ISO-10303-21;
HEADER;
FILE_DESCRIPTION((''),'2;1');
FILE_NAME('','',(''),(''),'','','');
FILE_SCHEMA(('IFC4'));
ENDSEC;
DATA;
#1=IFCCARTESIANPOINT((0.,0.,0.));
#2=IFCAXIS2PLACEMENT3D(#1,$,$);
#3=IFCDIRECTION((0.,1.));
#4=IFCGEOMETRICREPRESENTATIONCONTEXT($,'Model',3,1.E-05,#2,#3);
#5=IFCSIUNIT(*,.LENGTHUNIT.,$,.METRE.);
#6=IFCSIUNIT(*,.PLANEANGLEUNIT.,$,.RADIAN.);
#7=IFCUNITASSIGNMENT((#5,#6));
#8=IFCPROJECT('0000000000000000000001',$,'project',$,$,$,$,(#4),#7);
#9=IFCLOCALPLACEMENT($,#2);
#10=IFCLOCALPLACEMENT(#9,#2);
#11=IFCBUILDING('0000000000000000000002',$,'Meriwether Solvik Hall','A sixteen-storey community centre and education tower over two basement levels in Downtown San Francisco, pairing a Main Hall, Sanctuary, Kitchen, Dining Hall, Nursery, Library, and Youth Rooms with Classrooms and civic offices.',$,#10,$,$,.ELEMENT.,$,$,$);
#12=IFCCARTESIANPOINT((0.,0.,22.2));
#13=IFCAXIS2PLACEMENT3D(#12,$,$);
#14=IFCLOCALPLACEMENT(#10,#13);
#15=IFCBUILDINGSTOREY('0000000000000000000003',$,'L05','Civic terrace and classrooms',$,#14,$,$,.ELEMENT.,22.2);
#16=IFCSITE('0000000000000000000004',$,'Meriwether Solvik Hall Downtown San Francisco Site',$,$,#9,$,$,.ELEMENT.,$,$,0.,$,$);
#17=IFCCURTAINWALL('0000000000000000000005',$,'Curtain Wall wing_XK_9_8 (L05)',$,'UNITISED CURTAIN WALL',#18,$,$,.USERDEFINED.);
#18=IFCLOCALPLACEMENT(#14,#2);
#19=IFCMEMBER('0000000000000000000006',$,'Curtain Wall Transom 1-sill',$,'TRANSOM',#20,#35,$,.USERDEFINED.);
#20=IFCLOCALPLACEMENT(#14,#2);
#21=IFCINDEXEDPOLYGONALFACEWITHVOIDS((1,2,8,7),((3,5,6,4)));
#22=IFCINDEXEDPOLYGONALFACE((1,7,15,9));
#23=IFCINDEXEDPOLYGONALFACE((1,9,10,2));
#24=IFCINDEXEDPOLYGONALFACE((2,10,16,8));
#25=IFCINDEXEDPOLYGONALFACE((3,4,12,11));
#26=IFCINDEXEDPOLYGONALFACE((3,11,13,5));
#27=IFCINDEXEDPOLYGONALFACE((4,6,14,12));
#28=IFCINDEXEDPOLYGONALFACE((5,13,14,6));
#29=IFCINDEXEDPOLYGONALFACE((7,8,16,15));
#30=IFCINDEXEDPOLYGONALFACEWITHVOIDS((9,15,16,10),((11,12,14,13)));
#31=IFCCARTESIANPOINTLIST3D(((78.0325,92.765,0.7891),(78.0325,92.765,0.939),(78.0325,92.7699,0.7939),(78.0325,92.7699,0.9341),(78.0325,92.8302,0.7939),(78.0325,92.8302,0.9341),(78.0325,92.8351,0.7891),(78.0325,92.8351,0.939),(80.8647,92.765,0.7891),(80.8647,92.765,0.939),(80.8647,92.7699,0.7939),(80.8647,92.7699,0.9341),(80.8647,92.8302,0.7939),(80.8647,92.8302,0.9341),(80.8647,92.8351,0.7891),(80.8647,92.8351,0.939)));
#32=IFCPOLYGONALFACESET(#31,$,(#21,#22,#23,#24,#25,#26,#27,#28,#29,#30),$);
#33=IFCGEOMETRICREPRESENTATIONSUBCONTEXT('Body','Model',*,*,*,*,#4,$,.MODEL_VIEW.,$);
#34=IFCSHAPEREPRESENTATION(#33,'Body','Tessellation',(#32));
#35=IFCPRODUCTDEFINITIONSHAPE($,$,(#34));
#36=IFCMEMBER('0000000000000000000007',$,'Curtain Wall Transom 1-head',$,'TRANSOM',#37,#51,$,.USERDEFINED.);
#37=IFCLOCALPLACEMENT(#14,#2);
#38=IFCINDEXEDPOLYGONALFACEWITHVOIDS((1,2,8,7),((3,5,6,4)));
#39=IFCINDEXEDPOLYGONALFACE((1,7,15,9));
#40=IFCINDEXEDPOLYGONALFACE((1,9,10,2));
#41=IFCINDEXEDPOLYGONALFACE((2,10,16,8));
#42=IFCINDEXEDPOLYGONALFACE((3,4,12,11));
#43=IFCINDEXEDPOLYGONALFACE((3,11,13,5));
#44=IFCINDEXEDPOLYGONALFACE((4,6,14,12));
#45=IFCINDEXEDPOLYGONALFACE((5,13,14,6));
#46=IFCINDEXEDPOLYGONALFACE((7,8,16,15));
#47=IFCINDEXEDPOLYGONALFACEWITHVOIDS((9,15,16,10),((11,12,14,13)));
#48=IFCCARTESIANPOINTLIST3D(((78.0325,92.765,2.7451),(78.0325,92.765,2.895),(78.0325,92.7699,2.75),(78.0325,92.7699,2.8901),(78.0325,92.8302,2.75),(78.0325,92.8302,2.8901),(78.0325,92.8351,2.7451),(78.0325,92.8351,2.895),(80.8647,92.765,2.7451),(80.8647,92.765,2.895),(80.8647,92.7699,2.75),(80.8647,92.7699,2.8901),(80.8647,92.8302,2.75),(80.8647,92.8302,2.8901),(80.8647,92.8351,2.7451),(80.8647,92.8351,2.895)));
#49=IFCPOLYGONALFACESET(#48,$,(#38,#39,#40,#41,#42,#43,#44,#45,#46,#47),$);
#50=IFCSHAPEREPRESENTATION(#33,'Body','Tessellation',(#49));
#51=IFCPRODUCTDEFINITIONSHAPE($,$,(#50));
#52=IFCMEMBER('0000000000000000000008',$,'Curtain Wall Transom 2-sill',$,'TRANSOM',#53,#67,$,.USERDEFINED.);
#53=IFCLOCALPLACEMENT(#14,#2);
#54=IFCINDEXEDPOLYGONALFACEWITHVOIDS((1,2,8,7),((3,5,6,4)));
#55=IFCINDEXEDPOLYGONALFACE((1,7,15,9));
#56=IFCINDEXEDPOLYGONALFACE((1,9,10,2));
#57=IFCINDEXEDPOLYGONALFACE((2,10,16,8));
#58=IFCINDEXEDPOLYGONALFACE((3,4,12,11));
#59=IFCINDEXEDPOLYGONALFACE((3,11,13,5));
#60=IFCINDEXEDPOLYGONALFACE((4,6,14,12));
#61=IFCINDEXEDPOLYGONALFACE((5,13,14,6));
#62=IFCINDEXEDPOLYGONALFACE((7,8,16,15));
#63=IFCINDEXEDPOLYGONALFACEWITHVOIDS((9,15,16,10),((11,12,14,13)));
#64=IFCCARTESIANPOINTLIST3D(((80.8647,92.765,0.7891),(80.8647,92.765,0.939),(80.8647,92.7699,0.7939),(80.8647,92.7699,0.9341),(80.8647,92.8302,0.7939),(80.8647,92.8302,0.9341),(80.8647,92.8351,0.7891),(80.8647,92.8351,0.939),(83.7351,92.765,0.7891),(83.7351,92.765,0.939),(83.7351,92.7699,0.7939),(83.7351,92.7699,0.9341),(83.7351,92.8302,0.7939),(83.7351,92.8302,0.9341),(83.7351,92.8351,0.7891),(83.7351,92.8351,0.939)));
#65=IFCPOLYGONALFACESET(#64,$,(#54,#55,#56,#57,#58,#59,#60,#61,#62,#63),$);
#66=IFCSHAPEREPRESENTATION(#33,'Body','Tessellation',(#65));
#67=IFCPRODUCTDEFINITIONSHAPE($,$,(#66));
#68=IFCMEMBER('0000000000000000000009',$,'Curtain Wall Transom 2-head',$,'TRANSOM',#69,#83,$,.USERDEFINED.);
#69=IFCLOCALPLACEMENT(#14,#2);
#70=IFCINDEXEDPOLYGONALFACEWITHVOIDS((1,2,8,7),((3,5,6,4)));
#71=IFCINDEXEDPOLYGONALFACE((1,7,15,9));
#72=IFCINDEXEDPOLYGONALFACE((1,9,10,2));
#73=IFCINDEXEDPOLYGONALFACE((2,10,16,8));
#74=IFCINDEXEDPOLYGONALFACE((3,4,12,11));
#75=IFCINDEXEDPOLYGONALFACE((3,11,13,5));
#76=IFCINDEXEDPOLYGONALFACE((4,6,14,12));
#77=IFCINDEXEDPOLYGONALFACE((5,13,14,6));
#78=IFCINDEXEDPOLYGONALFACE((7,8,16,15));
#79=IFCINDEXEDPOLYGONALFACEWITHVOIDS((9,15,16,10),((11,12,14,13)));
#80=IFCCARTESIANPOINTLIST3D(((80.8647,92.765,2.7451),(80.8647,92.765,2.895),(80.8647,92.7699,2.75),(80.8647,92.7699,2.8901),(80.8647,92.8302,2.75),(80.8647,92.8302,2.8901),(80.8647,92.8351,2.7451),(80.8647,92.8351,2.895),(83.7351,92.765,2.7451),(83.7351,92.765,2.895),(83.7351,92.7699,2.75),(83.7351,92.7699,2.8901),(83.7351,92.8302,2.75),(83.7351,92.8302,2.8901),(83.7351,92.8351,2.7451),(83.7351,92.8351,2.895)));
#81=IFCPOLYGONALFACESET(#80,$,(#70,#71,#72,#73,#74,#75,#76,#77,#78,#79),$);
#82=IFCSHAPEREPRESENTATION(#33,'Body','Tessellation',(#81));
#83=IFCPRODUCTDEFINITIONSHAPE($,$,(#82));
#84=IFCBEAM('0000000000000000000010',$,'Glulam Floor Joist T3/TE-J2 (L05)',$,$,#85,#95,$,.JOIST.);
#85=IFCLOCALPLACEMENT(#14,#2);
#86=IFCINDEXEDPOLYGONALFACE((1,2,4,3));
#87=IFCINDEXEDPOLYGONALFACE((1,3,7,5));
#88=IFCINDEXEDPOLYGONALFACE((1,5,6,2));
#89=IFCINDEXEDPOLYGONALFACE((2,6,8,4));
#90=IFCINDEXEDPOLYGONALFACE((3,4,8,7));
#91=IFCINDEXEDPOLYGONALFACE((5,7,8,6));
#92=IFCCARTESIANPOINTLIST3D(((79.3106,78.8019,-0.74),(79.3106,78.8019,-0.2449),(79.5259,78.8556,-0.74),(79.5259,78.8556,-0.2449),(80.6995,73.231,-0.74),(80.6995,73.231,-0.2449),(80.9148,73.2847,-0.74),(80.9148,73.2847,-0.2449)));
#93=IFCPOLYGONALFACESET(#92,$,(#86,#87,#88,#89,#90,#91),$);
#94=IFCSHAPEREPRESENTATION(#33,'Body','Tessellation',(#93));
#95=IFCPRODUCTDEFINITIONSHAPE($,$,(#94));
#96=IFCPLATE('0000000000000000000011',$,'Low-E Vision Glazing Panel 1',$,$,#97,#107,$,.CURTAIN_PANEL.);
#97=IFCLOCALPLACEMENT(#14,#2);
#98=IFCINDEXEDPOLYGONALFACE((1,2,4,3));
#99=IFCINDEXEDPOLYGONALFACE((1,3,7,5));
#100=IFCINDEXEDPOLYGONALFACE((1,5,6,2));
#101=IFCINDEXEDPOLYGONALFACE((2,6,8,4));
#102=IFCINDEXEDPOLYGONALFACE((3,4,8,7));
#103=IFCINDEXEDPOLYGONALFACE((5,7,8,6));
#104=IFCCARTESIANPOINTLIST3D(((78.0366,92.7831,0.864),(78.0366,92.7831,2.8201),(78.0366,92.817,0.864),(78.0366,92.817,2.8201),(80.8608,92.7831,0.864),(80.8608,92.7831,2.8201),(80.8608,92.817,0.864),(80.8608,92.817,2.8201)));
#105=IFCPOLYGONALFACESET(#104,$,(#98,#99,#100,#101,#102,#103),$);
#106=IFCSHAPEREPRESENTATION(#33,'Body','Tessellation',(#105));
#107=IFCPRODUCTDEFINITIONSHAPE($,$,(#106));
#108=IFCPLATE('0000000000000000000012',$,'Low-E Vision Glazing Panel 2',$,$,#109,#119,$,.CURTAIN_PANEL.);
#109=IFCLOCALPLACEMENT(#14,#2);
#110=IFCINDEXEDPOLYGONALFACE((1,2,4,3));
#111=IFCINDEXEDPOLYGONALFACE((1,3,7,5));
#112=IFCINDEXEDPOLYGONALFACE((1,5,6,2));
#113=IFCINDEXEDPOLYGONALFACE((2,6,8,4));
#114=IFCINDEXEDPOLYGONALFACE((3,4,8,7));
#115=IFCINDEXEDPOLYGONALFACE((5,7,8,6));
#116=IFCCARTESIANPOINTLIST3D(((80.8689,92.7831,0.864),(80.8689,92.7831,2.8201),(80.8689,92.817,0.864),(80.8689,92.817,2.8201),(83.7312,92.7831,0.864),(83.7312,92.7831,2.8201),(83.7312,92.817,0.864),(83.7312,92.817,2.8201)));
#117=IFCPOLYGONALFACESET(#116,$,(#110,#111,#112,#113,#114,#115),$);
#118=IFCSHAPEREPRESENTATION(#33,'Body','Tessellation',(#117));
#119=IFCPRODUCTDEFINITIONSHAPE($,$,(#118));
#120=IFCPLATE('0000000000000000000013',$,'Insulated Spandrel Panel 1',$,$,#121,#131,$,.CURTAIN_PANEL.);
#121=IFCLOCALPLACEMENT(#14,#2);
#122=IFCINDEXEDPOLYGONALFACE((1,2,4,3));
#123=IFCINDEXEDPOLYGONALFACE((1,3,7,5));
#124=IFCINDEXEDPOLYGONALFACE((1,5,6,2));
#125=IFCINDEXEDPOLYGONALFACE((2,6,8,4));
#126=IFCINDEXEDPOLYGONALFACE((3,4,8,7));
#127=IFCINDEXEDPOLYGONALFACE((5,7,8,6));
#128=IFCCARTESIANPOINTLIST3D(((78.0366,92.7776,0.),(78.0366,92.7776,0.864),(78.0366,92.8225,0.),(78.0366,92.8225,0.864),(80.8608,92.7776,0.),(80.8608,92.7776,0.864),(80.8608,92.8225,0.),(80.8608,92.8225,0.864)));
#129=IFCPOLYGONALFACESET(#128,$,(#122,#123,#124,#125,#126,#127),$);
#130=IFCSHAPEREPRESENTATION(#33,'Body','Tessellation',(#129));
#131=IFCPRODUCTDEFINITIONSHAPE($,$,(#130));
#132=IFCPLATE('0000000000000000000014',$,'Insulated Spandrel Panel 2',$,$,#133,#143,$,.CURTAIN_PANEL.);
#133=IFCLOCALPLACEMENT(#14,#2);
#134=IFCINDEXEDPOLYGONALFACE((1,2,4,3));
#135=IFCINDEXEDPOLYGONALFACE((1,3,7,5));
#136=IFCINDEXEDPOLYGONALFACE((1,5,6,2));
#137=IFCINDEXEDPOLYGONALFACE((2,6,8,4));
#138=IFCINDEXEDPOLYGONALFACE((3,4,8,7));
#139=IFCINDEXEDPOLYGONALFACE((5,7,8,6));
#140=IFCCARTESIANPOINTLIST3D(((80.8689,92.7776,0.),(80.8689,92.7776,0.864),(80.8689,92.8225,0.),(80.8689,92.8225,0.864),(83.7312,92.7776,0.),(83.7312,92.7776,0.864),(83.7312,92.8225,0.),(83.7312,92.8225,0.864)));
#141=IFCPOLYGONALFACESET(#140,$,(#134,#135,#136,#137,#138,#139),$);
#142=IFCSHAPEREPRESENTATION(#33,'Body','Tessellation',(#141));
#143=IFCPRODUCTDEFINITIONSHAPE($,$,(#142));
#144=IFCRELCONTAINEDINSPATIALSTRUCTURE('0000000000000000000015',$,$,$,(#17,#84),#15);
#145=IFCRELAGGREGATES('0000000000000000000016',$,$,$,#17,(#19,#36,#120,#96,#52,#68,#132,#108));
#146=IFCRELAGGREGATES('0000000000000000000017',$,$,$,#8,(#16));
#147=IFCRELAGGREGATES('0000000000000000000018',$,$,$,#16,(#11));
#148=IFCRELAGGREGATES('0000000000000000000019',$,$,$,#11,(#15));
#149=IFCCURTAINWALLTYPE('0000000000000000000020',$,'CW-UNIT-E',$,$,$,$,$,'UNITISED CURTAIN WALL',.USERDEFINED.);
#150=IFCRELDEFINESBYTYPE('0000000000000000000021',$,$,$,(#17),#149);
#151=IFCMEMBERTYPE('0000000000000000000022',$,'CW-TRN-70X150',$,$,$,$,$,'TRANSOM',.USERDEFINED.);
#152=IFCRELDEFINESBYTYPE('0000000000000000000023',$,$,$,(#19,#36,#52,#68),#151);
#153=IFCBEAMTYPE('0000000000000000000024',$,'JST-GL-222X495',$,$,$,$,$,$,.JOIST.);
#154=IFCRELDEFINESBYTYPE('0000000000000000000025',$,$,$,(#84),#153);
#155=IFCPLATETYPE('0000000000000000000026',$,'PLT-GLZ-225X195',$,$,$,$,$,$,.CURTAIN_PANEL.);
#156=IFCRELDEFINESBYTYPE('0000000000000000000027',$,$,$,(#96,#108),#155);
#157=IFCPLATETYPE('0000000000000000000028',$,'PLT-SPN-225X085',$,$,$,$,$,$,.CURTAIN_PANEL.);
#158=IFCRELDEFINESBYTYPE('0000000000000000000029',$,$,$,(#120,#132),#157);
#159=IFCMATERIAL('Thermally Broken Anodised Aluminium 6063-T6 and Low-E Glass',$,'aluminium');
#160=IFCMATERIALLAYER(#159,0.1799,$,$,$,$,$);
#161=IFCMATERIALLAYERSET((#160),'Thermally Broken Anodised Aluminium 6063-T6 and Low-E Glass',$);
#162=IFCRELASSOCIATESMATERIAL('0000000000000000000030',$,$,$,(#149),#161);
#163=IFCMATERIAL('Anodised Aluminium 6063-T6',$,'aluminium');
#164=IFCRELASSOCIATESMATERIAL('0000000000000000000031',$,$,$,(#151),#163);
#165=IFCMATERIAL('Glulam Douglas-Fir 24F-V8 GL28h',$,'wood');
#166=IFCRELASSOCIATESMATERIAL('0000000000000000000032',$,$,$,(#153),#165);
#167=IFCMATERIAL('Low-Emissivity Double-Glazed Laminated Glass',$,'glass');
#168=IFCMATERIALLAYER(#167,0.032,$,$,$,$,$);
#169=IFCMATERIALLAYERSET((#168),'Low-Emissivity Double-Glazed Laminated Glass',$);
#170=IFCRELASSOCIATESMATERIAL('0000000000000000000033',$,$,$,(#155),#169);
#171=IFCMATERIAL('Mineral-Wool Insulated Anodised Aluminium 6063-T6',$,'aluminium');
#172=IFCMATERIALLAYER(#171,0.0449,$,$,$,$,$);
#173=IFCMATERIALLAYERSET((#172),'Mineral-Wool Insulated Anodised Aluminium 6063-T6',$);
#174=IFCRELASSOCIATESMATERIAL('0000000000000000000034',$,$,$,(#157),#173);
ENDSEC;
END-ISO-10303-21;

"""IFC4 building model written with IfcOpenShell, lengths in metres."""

from ifc_helpers import new_model, si_unit, direction, frame, origin, origin_2d, place, context, subcontext, project, spatial, rectangle, hollow_rectangle, extrude, material, layer, layer_set, material_profile, profile_set, type_object, element, aggregate, save


model = new_model("IFC4")

# Units and contexts
model_context = context("Model", 3, precision=1e-05, world=origin(), true_north=direction((0.0, 1.0)))
body_context = subcontext(model_context, "Body", "Model", "MODEL_VIEW")
ifc_project = project(units=[si_unit("LENGTHUNIT", "METRE"), si_unit("PLANEANGLEUNIT", "RADIAN")], contexts=[model_context])

# Site, building, storey
site_placement = place(None, origin())
site = spatial("IfcSite", under=ifc_project, at=site_placement, Name="Meriwether Solvik Hall Downtown San Francisco Site", CompositionType="ELEMENT", RefElevation=0.0)
building_placement = place(site_placement, origin())
building = spatial("IfcBuilding", under=site, at=building_placement, Name="Meriwether Solvik Hall", Description="A sixteen-storey community centre and education tower over two basement levels in Downtown San Francisco, pairing a Main Hall, Sanctuary, Kitchen, Dining Hall, Nursery, Library, and Youth Rooms with Classrooms and civic offices.", CompositionType="ELEMENT")
storey_placement = place(building_placement, frame((0.0, 0.0, 22.2)))
storey = spatial("IfcBuildingStorey", under=building, at=storey_placement, Name="L05", Description="Civic terrace and classrooms", CompositionType="ELEMENT", Elevation=22.2)

# Curtain wall, members
ifc_material_1 = material(Name="Thermally Broken Anodised Aluminium 6063-T6 and Low-E Glass", Category="aluminium")
ifc_layer_1 = layer(ifc_material_1, 0.1799)
ifc_layer_set_1 = layer_set([ifc_layer_1], Name="Thermally Broken Anodised Aluminium 6063-T6 and Low-E Glass")
curtain_wall_type = type_object("IfcCurtainWallType", Name="CW-UNIT-E", ElementType="UNITISED CURTAIN WALL", PredefinedType="USERDEFINED", material=ifc_layer_set_1)
curtain_wall_placement = place(storey_placement, origin())
curtain_wall = element("IfcCurtainWall", 1, at=curtain_wall_placement, inside=storey, type_object=curtain_wall_type, Name="Curtain Wall wing_XK_9_8 (L05)", ObjectType="UNITISED CURTAIN WALL", PredefinedType="USERDEFINED")
ifc_material_2 = material(Name="Anodised Aluminium 6063-T6", Category="aluminium")
ifc_material_profile_1 = material_profile(ifc_material_2, hollow_rectangle(XDim=0.0701, YDim=0.1499, WallThickness=0.0049, at=origin_2d()), Name="CWT-70X150")
ifc_profile_set_1 = profile_set([ifc_material_profile_1], Name="Anodised Aluminium 6063-T6")
member_type_1 = type_object("IfcMemberType", Name="CW-TRN-70X150", ElementType="TRANSOM", PredefinedType="USERDEFINED", material=ifc_profile_set_1)
member_1_placement = place(storey_placement, frame((78.0325, 92.8, 0.864), z_axis=(1.0, 0.0, 0.0), x_axis=(0.0, 1.0, 0.0)))
member_1 = element("IfcMember", 2, at=member_1_placement, type_object=member_type_1, Name="Curtain Wall Transom 1-sill", ObjectType="TRANSOM", PredefinedType="USERDEFINED", context=body_context, shape_type="SweptSolid", body=[
    extrude(hollow_rectangle(XDim=0.0701, YDim=0.1499, WallThickness=0.0049, at=origin_2d()), origin(), (0.0, 0.0, 1.0), 2.8323),
])
member_2_placement = place(storey_placement, frame((78.0325, 92.8, 2.8201), z_axis=(1.0, 0.0, 0.0), x_axis=(0.0, 1.0, 0.0)))
member_2 = element("IfcMember", 3, at=member_2_placement, type_object=member_type_1, Name="Curtain Wall Transom 1-head", ObjectType="TRANSOM", PredefinedType="USERDEFINED", context=body_context, shape_type="SweptSolid", body=[
    extrude(hollow_rectangle(XDim=0.0701, YDim=0.1499, WallThickness=0.0049, at=origin_2d()), origin(), (0.0, 0.0, 1.0), 2.8323),
])
member_3_placement = place(storey_placement, frame((80.8647, 92.8, 0.864), z_axis=(1.0, 0.0, 0.0), x_axis=(0.0, 1.0, 0.0)))
member_3 = element("IfcMember", 4, at=member_3_placement, type_object=member_type_1, Name="Curtain Wall Transom 2-sill", ObjectType="TRANSOM", PredefinedType="USERDEFINED", context=body_context, shape_type="SweptSolid", body=[
    extrude(hollow_rectangle(XDim=0.0701, YDim=0.1499, WallThickness=0.0049, at=origin_2d()), origin(), (0.0, 0.0, 1.0), 2.8704),
])
member_4_placement = place(storey_placement, frame((80.8647, 92.8, 2.8201), z_axis=(1.0, 0.0, 0.0), x_axis=(0.0, 1.0, 0.0)))
member_4 = element("IfcMember", 5, at=member_4_placement, type_object=member_type_1, Name="Curtain Wall Transom 2-head", ObjectType="TRANSOM", PredefinedType="USERDEFINED", context=body_context, shape_type="SweptSolid", body=[
    extrude(hollow_rectangle(XDim=0.0701, YDim=0.1499, WallThickness=0.0049, at=origin_2d()), origin(), (0.0, 0.0, 1.0), 2.8704),
])

# Beam
ifc_material_3 = material(Name="Glulam Douglas-Fir 24F-V8 GL28h", Category="wood")
ifc_material_profile_2 = material_profile(ifc_material_3, rectangle(XDim=0.2219, YDim=0.4951, at=origin_2d()), Name="GLJ-222X495")
ifc_profile_set_2 = profile_set([ifc_material_profile_2], Name="Glulam Douglas-Fir 24F-V8 GL28h")
beam_type_1 = type_object("IfcBeamType", Name="JST-GL-222X495", PredefinedType="JOIST", material=ifc_profile_set_2)
beam_1_placement = place(storey_placement, frame((80.8071, 73.2578, -0.4924), z_axis=(-0.241905, 0.9703, 0.0), x_axis=(-0.9703, -0.241905, 0.0)))
element("IfcBeam", 6, at=beam_1_placement, inside=storey, type_object=beam_type_1, Name="Glulam Floor Joist T3/TE-J2 (L05)", PredefinedType="JOIST", context=body_context, shape_type="SweptSolid", body=[
    extrude(rectangle(XDim=0.2219, YDim=0.4951, at=origin_2d()), origin(), (0.0, 0.0, 1.0), 5.7415),
])

# Plates
ifc_material_4 = material(Name="Low-Emissivity Double-Glazed Laminated Glass", Category="glass")
ifc_layer_2 = layer(ifc_material_4, 0.032)
ifc_layer_set_2 = layer_set([ifc_layer_2], Name="Low-Emissivity Double-Glazed Laminated Glass")
plate_type_1 = type_object("IfcPlateType", Name="PLT-GLZ-225X195", PredefinedType="CURTAIN_PANEL", material=ifc_layer_set_2)
plate_1_placement = place(storey_placement, frame((79.4487, 92.8, 0.864), z_axis=(0.0, 0.0, 1.0), x_axis=(1.0, 0.0, 0.0)))
plate_1 = element("IfcPlate", 7, at=plate_1_placement, type_object=plate_type_1, Name="Low-E Vision Glazing Panel 1", PredefinedType="CURTAIN_PANEL", context=body_context, shape_type="SweptSolid", body=[
    extrude(rectangle(XDim=2.8242, YDim=0.0339, at=origin_2d()), origin(), (0.0, 0.0, 1.0), 1.9561),
])
plate_2_placement = place(storey_placement, frame((82.3, 92.8, 0.864), z_axis=(0.0, 0.0, 1.0), x_axis=(1.0, 0.0, 0.0)))
plate_2 = element("IfcPlate", 8, at=plate_2_placement, type_object=plate_type_1, Name="Low-E Vision Glazing Panel 2", PredefinedType="CURTAIN_PANEL", context=body_context, shape_type="SweptSolid", body=[
    extrude(rectangle(XDim=2.8623, YDim=0.0339, at=origin_2d()), origin(), (0.0, 0.0, 1.0), 1.9561),
])
ifc_material_5 = material(Name="Mineral-Wool Insulated Anodised Aluminium 6063-T6", Category="aluminium")
ifc_layer_3 = layer(ifc_material_5, 0.0449)
ifc_layer_set_3 = layer_set([ifc_layer_3], Name="Mineral-Wool Insulated Anodised Aluminium 6063-T6")
plate_type_2 = type_object("IfcPlateType", Name="PLT-SPN-225X085", PredefinedType="CURTAIN_PANEL", material=ifc_layer_set_3)
plate_3_placement = place(storey_placement, frame((79.4487, 92.8, 0.0), z_axis=(0.0, 0.0, 1.0), x_axis=(1.0, 0.0, 0.0)))
plate_3 = element("IfcPlate", 9, at=plate_3_placement, type_object=plate_type_2, Name="Insulated Spandrel Panel 1", PredefinedType="CURTAIN_PANEL", context=body_context, shape_type="SweptSolid", body=[
    extrude(rectangle(XDim=2.8242, YDim=0.0449, at=origin_2d()), origin(), (0.0, 0.0, 1.0), 0.864),
])
plate_4_placement = place(storey_placement, frame((82.3, 92.8, 0.0), z_axis=(0.0, 0.0, 1.0), x_axis=(1.0, 0.0, 0.0)))
plate_4 = element("IfcPlate", 10, at=plate_4_placement, type_object=plate_type_2, Name="Insulated Spandrel Panel 2", PredefinedType="CURTAIN_PANEL", context=body_context, shape_type="SweptSolid", body=[
    extrude(rectangle(XDim=2.8623, YDim=0.0449, at=origin_2d()), origin(), (0.0, 0.0, 1.0), 0.864),
])
aggregate(curtain_wall, [member_1, member_2, plate_3, plate_1, member_3, member_4, plate_4, plate_2])

save(model, "model.ifc")
